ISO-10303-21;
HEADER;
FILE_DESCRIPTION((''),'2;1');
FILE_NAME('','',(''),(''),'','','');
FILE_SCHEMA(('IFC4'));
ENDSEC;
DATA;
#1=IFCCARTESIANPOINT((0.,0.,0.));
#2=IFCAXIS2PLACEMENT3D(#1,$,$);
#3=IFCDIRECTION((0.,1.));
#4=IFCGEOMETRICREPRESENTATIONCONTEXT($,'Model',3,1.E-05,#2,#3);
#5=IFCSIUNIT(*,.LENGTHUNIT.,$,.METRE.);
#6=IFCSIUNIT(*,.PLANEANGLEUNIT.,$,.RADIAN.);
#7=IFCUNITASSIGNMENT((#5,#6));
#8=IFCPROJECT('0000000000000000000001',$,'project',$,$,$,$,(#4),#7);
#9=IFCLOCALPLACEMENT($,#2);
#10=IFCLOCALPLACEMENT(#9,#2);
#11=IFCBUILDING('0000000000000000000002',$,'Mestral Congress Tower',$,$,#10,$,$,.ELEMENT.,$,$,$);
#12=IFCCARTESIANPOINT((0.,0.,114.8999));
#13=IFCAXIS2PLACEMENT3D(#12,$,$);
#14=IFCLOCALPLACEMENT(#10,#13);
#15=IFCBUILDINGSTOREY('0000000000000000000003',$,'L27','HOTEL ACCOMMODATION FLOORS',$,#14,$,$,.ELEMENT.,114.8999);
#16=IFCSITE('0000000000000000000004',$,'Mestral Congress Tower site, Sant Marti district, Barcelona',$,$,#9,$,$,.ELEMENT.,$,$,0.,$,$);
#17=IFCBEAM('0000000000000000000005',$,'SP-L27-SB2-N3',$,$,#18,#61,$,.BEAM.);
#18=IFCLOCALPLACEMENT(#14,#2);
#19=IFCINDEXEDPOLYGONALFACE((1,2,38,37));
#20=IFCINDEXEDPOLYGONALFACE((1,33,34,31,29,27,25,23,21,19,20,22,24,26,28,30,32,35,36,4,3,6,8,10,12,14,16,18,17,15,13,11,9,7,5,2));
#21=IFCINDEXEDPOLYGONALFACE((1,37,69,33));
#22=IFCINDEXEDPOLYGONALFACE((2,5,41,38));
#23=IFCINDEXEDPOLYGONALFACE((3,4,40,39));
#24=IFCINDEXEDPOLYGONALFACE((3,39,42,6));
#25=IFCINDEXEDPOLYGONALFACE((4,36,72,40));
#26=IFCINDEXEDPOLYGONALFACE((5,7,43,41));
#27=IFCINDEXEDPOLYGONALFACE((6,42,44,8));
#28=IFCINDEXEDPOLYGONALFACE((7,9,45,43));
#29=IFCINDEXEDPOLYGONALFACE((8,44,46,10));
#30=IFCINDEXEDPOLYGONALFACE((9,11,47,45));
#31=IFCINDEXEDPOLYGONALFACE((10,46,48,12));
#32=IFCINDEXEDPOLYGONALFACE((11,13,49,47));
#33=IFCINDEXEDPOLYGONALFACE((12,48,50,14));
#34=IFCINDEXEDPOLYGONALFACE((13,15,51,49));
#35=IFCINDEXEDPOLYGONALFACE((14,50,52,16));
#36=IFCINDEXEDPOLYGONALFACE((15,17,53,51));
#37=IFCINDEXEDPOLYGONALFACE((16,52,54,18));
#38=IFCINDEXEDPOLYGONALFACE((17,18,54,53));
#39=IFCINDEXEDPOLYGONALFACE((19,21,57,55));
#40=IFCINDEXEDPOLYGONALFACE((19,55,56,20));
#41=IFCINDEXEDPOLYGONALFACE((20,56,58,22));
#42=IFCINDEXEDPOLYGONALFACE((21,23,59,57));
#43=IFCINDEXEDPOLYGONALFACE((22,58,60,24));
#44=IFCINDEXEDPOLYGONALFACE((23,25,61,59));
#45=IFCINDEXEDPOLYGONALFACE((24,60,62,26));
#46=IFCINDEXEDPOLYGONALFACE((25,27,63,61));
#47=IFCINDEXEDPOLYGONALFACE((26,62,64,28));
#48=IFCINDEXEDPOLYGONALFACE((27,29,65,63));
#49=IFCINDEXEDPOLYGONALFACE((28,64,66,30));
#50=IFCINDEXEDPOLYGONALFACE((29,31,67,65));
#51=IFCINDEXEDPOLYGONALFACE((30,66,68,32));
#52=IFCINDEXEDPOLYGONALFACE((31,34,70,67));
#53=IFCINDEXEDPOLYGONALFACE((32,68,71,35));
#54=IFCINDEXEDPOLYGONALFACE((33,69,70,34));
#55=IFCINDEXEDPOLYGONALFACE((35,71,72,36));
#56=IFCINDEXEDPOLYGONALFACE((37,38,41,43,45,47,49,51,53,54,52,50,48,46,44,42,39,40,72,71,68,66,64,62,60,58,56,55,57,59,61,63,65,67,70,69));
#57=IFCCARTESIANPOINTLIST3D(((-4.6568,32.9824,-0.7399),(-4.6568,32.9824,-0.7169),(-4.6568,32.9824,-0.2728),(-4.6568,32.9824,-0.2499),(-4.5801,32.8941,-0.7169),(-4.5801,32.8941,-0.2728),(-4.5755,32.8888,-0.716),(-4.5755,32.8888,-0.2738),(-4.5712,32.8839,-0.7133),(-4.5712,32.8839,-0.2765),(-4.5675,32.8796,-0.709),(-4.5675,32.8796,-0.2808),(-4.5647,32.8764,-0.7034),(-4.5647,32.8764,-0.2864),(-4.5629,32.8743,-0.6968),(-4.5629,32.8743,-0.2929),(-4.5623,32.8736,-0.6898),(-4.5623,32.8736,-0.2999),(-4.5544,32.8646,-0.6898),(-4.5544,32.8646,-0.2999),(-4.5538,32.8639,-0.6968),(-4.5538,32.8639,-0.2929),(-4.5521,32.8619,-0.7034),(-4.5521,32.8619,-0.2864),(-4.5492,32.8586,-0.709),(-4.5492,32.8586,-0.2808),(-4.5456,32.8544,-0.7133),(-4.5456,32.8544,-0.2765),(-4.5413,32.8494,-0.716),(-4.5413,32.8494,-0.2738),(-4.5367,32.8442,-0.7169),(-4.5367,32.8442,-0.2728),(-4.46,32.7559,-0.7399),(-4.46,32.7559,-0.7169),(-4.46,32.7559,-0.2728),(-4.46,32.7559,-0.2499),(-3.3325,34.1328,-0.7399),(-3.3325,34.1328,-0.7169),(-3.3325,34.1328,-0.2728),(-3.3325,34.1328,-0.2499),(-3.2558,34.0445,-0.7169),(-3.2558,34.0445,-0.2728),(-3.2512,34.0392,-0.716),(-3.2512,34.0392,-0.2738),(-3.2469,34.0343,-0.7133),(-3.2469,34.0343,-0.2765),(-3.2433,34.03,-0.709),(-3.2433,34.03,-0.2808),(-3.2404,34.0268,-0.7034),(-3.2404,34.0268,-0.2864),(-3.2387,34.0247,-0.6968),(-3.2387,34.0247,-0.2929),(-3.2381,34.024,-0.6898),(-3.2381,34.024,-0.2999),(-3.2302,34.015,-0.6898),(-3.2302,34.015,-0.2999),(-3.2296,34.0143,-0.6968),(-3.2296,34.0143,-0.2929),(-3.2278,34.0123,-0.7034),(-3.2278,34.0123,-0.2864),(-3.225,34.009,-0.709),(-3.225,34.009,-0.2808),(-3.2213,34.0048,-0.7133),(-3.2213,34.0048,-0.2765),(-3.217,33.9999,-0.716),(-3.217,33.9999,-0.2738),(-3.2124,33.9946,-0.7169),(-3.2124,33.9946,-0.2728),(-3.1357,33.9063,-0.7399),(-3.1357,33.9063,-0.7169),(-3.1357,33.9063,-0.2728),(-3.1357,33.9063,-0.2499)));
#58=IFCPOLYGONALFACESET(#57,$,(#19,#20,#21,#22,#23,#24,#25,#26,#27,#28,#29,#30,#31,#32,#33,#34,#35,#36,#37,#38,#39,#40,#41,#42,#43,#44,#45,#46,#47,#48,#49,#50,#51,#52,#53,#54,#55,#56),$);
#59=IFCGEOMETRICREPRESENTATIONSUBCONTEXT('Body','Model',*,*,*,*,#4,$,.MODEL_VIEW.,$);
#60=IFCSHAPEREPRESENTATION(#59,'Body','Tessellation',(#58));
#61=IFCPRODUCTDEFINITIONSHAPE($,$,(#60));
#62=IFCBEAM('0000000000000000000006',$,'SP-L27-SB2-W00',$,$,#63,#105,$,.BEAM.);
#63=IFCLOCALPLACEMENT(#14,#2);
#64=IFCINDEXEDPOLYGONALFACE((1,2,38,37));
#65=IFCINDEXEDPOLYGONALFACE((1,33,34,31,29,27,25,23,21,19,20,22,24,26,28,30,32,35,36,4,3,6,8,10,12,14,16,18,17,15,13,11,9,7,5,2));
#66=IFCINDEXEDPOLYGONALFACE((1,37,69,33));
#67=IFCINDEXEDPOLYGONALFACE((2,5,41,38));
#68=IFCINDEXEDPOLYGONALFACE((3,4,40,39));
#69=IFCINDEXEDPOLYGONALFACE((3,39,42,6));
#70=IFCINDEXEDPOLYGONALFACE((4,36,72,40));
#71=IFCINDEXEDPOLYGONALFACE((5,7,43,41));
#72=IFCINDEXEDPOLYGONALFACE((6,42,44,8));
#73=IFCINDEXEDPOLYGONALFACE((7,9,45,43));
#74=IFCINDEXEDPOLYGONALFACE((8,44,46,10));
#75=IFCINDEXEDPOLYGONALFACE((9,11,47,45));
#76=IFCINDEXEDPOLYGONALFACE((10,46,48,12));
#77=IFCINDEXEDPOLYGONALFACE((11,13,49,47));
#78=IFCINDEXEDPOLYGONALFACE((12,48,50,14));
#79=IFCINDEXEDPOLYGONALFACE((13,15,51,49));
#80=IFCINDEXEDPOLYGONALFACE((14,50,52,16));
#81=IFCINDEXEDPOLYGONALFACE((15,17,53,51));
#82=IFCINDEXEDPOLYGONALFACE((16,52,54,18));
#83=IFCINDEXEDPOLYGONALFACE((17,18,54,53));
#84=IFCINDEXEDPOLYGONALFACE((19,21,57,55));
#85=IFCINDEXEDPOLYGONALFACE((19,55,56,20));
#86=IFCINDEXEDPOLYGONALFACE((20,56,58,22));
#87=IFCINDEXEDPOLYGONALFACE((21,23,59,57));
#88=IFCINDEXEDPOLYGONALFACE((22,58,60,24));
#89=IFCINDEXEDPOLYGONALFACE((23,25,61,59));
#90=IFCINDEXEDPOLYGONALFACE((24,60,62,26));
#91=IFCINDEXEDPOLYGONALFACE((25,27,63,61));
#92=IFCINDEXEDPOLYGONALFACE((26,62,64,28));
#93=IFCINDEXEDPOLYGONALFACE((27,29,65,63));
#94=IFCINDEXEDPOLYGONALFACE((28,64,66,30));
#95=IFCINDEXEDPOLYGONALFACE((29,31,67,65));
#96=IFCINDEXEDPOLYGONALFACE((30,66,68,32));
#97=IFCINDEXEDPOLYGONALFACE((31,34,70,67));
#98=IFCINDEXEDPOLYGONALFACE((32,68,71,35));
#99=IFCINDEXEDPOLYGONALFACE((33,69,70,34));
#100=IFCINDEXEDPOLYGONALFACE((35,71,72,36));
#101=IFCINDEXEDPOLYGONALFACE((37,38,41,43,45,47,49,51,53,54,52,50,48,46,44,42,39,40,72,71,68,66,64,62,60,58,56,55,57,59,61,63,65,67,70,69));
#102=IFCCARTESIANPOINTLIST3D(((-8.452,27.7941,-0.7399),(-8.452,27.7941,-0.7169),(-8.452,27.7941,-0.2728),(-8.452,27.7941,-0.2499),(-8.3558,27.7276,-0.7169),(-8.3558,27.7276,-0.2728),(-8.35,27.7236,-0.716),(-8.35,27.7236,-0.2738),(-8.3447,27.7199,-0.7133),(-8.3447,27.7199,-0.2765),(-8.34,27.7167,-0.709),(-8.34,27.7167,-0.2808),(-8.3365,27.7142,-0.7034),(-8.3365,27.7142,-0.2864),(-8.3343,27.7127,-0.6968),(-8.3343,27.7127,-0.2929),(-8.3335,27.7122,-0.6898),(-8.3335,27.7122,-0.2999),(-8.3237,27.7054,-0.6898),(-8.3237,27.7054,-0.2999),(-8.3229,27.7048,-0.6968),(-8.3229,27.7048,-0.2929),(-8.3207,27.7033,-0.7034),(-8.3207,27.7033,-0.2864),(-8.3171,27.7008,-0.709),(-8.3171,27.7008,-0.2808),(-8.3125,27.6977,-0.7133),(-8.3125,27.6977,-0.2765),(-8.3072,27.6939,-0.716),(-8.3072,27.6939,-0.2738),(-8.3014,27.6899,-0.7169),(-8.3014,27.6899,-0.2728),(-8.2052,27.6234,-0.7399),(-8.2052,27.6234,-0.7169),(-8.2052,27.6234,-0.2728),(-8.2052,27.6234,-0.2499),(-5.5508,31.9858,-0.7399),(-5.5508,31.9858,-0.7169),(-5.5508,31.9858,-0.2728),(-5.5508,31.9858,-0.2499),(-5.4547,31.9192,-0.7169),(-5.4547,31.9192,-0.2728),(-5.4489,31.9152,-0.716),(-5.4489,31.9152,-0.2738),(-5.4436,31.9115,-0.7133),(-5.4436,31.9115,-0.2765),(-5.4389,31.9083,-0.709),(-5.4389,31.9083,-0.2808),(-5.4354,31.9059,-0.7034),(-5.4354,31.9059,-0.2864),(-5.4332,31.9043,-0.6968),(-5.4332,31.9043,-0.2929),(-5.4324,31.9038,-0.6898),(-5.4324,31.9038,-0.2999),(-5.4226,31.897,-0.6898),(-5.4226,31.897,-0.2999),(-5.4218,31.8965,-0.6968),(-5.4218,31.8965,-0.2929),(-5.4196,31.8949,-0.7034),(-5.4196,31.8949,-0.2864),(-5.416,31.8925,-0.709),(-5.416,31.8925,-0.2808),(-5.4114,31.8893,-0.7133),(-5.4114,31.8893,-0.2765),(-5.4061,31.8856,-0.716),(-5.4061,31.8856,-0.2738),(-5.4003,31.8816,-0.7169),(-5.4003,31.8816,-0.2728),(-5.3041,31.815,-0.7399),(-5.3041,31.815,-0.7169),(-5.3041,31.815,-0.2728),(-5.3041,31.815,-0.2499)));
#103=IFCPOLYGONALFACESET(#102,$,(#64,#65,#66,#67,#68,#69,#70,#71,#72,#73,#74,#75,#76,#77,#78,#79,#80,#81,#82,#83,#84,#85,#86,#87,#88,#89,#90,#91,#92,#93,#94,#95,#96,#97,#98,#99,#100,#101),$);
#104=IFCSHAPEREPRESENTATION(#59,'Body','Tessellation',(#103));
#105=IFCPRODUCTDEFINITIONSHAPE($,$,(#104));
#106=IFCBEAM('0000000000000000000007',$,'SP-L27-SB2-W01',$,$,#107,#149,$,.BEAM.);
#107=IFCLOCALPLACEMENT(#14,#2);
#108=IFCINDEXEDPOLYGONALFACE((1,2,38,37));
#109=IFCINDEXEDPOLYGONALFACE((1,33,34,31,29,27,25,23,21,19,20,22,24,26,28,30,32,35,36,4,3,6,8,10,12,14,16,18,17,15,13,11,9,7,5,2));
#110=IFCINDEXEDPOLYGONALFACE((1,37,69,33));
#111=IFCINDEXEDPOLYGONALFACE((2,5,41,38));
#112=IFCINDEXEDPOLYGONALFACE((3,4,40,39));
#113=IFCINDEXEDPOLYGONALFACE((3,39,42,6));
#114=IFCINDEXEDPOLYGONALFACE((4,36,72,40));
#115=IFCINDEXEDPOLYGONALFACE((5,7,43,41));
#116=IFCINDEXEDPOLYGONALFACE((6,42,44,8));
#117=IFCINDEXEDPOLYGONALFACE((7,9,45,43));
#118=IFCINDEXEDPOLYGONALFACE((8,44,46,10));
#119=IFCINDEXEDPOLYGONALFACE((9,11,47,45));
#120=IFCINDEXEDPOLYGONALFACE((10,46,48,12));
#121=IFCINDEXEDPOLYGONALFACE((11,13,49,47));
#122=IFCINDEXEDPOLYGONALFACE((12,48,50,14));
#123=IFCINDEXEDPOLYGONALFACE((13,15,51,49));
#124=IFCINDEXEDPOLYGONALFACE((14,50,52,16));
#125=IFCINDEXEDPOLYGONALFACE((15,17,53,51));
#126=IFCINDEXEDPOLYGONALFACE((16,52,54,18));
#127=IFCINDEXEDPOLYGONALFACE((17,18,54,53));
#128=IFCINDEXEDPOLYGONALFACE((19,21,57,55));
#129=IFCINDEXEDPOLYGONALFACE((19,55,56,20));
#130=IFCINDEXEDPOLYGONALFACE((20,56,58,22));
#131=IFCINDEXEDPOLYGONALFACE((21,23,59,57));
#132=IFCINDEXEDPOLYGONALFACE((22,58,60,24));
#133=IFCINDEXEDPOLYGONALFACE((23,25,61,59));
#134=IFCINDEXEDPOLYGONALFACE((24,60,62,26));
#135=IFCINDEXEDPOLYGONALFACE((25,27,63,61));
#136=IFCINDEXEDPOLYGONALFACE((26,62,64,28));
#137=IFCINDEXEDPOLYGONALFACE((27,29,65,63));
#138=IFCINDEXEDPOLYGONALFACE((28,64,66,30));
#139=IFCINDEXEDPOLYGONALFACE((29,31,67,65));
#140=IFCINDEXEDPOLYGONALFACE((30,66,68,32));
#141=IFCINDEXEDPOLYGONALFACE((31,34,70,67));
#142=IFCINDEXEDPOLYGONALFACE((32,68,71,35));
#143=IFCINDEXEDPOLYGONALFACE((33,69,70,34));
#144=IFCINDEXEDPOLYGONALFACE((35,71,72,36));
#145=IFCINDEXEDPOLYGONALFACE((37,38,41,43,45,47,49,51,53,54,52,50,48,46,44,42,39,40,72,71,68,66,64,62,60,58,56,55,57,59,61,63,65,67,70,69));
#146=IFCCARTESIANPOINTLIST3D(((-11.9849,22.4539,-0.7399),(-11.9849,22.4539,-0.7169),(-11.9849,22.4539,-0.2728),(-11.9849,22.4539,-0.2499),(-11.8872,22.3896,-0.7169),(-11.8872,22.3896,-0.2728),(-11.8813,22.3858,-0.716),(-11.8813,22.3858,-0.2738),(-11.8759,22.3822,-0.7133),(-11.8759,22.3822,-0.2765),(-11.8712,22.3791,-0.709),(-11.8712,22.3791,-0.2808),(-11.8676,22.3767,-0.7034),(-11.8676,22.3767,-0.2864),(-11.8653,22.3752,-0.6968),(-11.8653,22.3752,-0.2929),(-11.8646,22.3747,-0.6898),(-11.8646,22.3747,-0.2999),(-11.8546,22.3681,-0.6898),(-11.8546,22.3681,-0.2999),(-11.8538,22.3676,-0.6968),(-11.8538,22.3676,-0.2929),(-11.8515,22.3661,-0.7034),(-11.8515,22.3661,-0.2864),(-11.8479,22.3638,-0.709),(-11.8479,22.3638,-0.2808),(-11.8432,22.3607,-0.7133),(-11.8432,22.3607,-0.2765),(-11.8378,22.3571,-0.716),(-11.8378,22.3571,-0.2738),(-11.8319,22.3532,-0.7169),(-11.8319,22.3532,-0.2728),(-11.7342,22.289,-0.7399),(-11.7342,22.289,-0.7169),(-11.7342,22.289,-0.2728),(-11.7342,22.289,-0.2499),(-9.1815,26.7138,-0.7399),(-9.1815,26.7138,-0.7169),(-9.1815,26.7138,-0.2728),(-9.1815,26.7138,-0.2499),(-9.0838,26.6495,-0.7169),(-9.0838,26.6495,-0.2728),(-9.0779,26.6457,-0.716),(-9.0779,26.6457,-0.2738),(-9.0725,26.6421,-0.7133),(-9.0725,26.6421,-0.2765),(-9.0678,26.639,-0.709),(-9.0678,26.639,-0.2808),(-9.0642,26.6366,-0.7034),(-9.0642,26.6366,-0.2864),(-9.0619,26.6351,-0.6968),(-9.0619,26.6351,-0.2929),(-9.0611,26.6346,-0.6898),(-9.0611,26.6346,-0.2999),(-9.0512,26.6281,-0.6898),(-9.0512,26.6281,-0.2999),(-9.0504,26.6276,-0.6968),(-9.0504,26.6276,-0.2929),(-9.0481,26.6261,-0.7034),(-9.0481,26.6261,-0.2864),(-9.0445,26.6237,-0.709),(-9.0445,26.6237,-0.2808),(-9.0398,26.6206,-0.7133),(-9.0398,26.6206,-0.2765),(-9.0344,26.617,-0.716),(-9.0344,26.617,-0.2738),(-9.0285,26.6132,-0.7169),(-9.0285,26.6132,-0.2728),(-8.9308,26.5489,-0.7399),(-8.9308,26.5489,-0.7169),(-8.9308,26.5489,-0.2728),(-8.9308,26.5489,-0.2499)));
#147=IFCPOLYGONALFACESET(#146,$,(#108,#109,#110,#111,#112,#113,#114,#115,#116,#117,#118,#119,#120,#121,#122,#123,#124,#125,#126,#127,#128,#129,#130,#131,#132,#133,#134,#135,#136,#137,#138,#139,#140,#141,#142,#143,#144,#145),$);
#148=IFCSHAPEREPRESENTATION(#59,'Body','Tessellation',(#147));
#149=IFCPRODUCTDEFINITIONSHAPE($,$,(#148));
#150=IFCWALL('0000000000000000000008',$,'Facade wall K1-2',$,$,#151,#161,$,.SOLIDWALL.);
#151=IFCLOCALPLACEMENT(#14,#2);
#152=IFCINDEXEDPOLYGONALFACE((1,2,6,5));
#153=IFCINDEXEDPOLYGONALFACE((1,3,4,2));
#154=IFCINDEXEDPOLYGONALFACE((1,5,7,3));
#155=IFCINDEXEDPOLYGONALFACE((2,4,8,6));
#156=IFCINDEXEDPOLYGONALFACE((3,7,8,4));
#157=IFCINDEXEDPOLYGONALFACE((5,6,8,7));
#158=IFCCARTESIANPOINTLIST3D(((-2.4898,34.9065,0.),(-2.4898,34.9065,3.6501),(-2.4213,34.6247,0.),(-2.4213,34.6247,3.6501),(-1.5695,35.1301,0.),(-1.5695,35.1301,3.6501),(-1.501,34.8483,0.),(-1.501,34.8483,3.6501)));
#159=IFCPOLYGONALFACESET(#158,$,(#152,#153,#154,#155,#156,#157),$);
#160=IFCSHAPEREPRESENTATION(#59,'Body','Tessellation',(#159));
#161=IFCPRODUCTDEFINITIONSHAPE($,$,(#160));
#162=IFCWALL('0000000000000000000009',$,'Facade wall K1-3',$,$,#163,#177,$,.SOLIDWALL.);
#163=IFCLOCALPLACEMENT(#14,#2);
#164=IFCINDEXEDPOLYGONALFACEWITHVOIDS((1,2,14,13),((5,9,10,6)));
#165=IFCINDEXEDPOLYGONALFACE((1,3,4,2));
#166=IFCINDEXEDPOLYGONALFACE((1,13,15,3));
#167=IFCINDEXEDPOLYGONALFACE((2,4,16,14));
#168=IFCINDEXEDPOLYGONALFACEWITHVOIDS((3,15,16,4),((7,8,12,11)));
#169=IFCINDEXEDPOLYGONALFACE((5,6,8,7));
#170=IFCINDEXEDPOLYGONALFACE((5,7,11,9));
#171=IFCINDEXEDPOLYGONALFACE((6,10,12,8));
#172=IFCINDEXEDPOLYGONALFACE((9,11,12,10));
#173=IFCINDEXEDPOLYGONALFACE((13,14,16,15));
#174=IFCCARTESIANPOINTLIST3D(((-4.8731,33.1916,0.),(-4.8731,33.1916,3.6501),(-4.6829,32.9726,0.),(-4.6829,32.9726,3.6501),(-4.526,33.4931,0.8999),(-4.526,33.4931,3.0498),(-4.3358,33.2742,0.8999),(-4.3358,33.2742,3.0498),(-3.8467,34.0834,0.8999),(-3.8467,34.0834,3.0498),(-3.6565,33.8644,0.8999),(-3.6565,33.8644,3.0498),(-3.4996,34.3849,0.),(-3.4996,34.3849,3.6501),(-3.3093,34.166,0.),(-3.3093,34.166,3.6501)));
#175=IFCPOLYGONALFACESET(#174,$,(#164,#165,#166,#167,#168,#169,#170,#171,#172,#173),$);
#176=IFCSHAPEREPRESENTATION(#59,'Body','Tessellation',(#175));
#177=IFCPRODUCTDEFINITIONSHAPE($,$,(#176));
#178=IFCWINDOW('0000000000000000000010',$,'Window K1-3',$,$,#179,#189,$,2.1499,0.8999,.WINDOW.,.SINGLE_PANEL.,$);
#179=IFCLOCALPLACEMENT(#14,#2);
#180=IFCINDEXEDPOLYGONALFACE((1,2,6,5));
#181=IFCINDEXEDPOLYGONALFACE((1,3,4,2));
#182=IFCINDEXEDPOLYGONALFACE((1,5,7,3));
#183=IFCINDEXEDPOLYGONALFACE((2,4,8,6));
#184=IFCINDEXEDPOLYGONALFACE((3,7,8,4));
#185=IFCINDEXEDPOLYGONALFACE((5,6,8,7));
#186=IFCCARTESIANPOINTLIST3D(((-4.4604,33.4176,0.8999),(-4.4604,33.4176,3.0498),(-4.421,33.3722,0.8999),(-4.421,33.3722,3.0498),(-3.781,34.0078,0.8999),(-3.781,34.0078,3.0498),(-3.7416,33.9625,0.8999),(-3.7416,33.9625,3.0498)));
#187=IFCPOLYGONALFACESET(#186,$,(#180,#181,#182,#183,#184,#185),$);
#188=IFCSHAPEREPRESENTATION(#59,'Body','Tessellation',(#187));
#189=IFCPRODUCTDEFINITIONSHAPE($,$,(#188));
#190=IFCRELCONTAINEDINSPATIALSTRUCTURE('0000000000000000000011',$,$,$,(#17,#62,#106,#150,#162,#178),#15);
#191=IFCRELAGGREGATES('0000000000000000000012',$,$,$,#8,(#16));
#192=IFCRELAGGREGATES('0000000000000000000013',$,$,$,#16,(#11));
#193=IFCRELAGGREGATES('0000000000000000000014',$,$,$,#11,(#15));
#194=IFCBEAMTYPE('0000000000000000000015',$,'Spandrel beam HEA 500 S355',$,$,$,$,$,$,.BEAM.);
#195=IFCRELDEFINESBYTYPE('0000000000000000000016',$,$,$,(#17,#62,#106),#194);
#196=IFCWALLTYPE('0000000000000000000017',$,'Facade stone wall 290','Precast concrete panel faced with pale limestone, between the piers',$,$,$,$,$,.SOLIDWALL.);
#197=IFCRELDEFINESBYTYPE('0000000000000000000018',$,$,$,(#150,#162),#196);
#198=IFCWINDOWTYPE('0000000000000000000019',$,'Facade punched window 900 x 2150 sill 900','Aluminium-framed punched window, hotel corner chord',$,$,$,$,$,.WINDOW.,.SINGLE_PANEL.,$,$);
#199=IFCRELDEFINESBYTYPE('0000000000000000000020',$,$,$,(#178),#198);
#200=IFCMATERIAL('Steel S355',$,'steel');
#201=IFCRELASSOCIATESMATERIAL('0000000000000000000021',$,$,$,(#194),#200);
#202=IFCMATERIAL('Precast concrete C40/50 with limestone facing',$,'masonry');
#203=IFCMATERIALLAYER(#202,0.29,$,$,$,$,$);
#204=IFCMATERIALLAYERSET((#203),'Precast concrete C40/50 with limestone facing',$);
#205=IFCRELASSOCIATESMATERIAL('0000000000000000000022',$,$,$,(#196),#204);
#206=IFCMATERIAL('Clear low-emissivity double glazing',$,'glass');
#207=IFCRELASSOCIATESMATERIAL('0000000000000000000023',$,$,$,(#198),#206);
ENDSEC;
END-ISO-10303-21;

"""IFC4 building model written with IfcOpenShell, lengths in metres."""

from ifc_helpers import new_model, si_unit, direction, frame, frame_2d, origin, origin_2d, place, context, subcontext, project, spatial, rectangle, i_section, extrude, material, layer, layer_set, material_profile, profile_set, type_object, element, fill, save


model = new_model("IFC4")

# Units and contexts
model_context = context("Model", 3, precision=1e-05, world=origin(), true_north=direction((0.0, 1.0)))
body_context = subcontext(model_context, "Body", "Model", "MODEL_VIEW")
ifc_project = project(units=[si_unit("LENGTHUNIT", "METRE"), si_unit("PLANEANGLEUNIT", "RADIAN")], contexts=[model_context])

# Site, building, storey
site_placement = place(None, origin())
site = spatial("IfcSite", under=ifc_project, at=site_placement, Name="Mestral Congress Tower site, Sant Marti district, Barcelona", CompositionType="ELEMENT", RefElevation=0.0)
building_placement = place(site_placement, origin())
building = spatial("IfcBuilding", under=site, at=building_placement, Name="Mestral Congress Tower", CompositionType="ELEMENT")
storey_placement = place(building_placement, frame((0.0, 0.0, 114.8999)))
storey = spatial("IfcBuildingStorey", under=building, at=storey_placement, Name="L27", Description="HOTEL ACCOMMODATION FLOORS", CompositionType="ELEMENT", Elevation=114.8999)

# Beams
ifc_material_1 = material(Name="Steel S355", Category="steel")
ifc_material_profile_1 = material_profile(ifc_material_1, i_section(OverallWidth=0.3, OverallDepth=0.49, WebThickness=0.012, FlangeThickness=0.0229, FilletRadius=0.0271, at=origin_2d()), Name="HEA 500")
ifc_profile_set_1 = profile_set([ifc_material_profile_1], Name="Steel S355")
beam_type_1 = type_object("IfcBeamType", Name="Spandrel beam HEA 500 S355", PredefinedType="BEAM", material=ifc_profile_set_1)
beam_1_placement = place(storey_placement, frame((-3.2341, 34.0195, -0.4949), z_axis=(-0.754917, -0.65582, 0.0), x_axis=(0.65582, -0.754917, 0.0)))
element("IfcBeam", 1, at=beam_1_placement, inside=storey, type_object=beam_type_1, Name="SP-L27-SB2-N3", PredefinedType="BEAM", context=body_context, shape_type="SweptSolid", body=[
    extrude(i_section(OverallWidth=0.3, OverallDepth=0.49, WebThickness=0.012, FlangeThickness=0.0229, FilletRadius=0.0271, at=origin_2d()), origin(), (0.0, 0.0, 1.0), 1.7542),
])
beam_2_placement = place(storey_placement, frame((-5.4275, 31.9004, -0.4949), z_axis=(-0.569105, -0.822265, 0.0), x_axis=(0.822265, -0.569105, 0.0)))
element("IfcBeam", 2, at=beam_2_placement, inside=storey, type_object=beam_type_1, Name="SP-L27-SB2-W00", PredefinedType="BEAM", context=body_context, shape_type="SweptSolid", body=[
    extrude(i_section(OverallWidth=0.3, OverallDepth=0.49, WebThickness=0.012, FlangeThickness=0.0229, FilletRadius=0.0271, at=origin_2d()), origin(), (0.0, 0.0, 1.0), 5.0977),
])
beam_3_placement = place(storey_placement, frame((-9.0562, 26.6313, -0.4949), z_axis=(-0.54973, -0.835342, 0.0), x_axis=(0.835342, -0.54973, 0.0)))
element("IfcBeam", 3, at=beam_3_placement, inside=storey, type_object=beam_type_1, Name="SP-L27-SB2-W01", PredefinedType="BEAM", context=body_context, shape_type="SweptSolid", body=[
    extrude(i_section(OverallWidth=0.3, OverallDepth=0.49, WebThickness=0.012, FlangeThickness=0.0229, FilletRadius=0.0271, at=origin_2d()), origin(), (0.0, 0.0, 1.0), 5.0996),
])

# Wall
ifc_material_2 = material(Name="Precast concrete C40/50 with limestone facing", Category="masonry")
ifc_layer_1 = layer(ifc_material_2, 0.29)
ifc_layer_set_1 = layer_set([ifc_layer_1], Name="Precast concrete C40/50 with limestone facing")
wall_type_1 = type_object("IfcWallType", Name="Facade stone wall 290", Description="Precast concrete panel faced with pale limestone, between the piers", PredefinedType="SOLIDWALL", material=ifc_layer_set_1)
wall_1_placement = place(storey_placement, frame((-1.5352, 34.9893, 0.0), z_axis=(0.0, 0.0, 1.0), x_axis=(-0.971714, -0.236161, 0.0)))
element("IfcWall", 4, at=wall_1_placement, inside=storey, type_object=wall_type_1, Name="Facade wall K1-2", PredefinedType="SOLIDWALL", context=body_context, shape_type="SweptSolid", body=[
    extrude(rectangle(XDim=0.947, YDim=0.29, at=frame_2d((0.4736, 0.0))), origin(), (0.0, 0.0, 1.0), 3.6501),
])

# Wall, opening, window
wall_2_placement = place(storey_placement, frame((-3.4045, 34.2754, 0.0), z_axis=(0.0, 0.0, 1.0), x_axis=(-0.754883, -0.65586, 0.0)))
wall_2 = element("IfcWall", 5, at=wall_2_placement, inside=storey, type_object=wall_type_1, Name="Facade wall K1-3", PredefinedType="SOLIDWALL", context=body_context, shape_type="SweptSolid", body=[
    extrude(rectangle(XDim=1.8196, YDim=0.29, at=frame_2d((0.9097, 0.0))), origin(), (0.0, 0.0, 1.0), 3.6501),
])
opening_1_placement = place(wall_2_placement, frame((0.4597, 0.0, 0.8999)))
opening_1 = element("IfcOpeningElement", 6, at=opening_1_placement, cuts=wall_2, PredefinedType="OPENING", context=body_context, shape_type="SweptSolid", body=[
    extrude(rectangle(XDim=0.8999, YDim=2.1499, at=frame_2d((0.45, 1.075))), frame((0.0, 0.155, 0.0), z_axis=(0.0, -1.0, 0.0), x_axis=(1.0, 0.0, 0.0)), (0.0, 0.0, 1.0), 0.3101),
])
ifc_material_3 = material(Name="Clear low-emissivity double glazing", Category="glass")
window_type_1 = type_object("IfcWindowType", Name="Facade punched window 900 x 2150 sill 900", Description="Aluminium-framed punched window, hotel corner chord", PartitioningType="SINGLE_PANEL", PredefinedType="WINDOW", material=ifc_material_3)
window_1_placement = place(opening_1_placement, origin())
window_1 = element("IfcWindow", 7, at=window_1_placement, inside=storey, type_object=window_type_1, Name="Window K1-3", OverallHeight=2.1499, OverallWidth=0.8999, PartitioningType="SINGLE_PANEL", PredefinedType="WINDOW", context=body_context, shape_type="SweptSolid", body=[
    extrude(rectangle(XDim=0.8999, YDim=2.1499, at=frame_2d((0.45, 1.075))), frame((0.0, 0.0151, 0.0), z_axis=(0.0, -1.0, 0.0), x_axis=(1.0, 0.0, 0.0)), (0.0, 0.0, 1.0), 0.0601),
])
fill(opening_1, window_1)

save(model, "model.ifc")
